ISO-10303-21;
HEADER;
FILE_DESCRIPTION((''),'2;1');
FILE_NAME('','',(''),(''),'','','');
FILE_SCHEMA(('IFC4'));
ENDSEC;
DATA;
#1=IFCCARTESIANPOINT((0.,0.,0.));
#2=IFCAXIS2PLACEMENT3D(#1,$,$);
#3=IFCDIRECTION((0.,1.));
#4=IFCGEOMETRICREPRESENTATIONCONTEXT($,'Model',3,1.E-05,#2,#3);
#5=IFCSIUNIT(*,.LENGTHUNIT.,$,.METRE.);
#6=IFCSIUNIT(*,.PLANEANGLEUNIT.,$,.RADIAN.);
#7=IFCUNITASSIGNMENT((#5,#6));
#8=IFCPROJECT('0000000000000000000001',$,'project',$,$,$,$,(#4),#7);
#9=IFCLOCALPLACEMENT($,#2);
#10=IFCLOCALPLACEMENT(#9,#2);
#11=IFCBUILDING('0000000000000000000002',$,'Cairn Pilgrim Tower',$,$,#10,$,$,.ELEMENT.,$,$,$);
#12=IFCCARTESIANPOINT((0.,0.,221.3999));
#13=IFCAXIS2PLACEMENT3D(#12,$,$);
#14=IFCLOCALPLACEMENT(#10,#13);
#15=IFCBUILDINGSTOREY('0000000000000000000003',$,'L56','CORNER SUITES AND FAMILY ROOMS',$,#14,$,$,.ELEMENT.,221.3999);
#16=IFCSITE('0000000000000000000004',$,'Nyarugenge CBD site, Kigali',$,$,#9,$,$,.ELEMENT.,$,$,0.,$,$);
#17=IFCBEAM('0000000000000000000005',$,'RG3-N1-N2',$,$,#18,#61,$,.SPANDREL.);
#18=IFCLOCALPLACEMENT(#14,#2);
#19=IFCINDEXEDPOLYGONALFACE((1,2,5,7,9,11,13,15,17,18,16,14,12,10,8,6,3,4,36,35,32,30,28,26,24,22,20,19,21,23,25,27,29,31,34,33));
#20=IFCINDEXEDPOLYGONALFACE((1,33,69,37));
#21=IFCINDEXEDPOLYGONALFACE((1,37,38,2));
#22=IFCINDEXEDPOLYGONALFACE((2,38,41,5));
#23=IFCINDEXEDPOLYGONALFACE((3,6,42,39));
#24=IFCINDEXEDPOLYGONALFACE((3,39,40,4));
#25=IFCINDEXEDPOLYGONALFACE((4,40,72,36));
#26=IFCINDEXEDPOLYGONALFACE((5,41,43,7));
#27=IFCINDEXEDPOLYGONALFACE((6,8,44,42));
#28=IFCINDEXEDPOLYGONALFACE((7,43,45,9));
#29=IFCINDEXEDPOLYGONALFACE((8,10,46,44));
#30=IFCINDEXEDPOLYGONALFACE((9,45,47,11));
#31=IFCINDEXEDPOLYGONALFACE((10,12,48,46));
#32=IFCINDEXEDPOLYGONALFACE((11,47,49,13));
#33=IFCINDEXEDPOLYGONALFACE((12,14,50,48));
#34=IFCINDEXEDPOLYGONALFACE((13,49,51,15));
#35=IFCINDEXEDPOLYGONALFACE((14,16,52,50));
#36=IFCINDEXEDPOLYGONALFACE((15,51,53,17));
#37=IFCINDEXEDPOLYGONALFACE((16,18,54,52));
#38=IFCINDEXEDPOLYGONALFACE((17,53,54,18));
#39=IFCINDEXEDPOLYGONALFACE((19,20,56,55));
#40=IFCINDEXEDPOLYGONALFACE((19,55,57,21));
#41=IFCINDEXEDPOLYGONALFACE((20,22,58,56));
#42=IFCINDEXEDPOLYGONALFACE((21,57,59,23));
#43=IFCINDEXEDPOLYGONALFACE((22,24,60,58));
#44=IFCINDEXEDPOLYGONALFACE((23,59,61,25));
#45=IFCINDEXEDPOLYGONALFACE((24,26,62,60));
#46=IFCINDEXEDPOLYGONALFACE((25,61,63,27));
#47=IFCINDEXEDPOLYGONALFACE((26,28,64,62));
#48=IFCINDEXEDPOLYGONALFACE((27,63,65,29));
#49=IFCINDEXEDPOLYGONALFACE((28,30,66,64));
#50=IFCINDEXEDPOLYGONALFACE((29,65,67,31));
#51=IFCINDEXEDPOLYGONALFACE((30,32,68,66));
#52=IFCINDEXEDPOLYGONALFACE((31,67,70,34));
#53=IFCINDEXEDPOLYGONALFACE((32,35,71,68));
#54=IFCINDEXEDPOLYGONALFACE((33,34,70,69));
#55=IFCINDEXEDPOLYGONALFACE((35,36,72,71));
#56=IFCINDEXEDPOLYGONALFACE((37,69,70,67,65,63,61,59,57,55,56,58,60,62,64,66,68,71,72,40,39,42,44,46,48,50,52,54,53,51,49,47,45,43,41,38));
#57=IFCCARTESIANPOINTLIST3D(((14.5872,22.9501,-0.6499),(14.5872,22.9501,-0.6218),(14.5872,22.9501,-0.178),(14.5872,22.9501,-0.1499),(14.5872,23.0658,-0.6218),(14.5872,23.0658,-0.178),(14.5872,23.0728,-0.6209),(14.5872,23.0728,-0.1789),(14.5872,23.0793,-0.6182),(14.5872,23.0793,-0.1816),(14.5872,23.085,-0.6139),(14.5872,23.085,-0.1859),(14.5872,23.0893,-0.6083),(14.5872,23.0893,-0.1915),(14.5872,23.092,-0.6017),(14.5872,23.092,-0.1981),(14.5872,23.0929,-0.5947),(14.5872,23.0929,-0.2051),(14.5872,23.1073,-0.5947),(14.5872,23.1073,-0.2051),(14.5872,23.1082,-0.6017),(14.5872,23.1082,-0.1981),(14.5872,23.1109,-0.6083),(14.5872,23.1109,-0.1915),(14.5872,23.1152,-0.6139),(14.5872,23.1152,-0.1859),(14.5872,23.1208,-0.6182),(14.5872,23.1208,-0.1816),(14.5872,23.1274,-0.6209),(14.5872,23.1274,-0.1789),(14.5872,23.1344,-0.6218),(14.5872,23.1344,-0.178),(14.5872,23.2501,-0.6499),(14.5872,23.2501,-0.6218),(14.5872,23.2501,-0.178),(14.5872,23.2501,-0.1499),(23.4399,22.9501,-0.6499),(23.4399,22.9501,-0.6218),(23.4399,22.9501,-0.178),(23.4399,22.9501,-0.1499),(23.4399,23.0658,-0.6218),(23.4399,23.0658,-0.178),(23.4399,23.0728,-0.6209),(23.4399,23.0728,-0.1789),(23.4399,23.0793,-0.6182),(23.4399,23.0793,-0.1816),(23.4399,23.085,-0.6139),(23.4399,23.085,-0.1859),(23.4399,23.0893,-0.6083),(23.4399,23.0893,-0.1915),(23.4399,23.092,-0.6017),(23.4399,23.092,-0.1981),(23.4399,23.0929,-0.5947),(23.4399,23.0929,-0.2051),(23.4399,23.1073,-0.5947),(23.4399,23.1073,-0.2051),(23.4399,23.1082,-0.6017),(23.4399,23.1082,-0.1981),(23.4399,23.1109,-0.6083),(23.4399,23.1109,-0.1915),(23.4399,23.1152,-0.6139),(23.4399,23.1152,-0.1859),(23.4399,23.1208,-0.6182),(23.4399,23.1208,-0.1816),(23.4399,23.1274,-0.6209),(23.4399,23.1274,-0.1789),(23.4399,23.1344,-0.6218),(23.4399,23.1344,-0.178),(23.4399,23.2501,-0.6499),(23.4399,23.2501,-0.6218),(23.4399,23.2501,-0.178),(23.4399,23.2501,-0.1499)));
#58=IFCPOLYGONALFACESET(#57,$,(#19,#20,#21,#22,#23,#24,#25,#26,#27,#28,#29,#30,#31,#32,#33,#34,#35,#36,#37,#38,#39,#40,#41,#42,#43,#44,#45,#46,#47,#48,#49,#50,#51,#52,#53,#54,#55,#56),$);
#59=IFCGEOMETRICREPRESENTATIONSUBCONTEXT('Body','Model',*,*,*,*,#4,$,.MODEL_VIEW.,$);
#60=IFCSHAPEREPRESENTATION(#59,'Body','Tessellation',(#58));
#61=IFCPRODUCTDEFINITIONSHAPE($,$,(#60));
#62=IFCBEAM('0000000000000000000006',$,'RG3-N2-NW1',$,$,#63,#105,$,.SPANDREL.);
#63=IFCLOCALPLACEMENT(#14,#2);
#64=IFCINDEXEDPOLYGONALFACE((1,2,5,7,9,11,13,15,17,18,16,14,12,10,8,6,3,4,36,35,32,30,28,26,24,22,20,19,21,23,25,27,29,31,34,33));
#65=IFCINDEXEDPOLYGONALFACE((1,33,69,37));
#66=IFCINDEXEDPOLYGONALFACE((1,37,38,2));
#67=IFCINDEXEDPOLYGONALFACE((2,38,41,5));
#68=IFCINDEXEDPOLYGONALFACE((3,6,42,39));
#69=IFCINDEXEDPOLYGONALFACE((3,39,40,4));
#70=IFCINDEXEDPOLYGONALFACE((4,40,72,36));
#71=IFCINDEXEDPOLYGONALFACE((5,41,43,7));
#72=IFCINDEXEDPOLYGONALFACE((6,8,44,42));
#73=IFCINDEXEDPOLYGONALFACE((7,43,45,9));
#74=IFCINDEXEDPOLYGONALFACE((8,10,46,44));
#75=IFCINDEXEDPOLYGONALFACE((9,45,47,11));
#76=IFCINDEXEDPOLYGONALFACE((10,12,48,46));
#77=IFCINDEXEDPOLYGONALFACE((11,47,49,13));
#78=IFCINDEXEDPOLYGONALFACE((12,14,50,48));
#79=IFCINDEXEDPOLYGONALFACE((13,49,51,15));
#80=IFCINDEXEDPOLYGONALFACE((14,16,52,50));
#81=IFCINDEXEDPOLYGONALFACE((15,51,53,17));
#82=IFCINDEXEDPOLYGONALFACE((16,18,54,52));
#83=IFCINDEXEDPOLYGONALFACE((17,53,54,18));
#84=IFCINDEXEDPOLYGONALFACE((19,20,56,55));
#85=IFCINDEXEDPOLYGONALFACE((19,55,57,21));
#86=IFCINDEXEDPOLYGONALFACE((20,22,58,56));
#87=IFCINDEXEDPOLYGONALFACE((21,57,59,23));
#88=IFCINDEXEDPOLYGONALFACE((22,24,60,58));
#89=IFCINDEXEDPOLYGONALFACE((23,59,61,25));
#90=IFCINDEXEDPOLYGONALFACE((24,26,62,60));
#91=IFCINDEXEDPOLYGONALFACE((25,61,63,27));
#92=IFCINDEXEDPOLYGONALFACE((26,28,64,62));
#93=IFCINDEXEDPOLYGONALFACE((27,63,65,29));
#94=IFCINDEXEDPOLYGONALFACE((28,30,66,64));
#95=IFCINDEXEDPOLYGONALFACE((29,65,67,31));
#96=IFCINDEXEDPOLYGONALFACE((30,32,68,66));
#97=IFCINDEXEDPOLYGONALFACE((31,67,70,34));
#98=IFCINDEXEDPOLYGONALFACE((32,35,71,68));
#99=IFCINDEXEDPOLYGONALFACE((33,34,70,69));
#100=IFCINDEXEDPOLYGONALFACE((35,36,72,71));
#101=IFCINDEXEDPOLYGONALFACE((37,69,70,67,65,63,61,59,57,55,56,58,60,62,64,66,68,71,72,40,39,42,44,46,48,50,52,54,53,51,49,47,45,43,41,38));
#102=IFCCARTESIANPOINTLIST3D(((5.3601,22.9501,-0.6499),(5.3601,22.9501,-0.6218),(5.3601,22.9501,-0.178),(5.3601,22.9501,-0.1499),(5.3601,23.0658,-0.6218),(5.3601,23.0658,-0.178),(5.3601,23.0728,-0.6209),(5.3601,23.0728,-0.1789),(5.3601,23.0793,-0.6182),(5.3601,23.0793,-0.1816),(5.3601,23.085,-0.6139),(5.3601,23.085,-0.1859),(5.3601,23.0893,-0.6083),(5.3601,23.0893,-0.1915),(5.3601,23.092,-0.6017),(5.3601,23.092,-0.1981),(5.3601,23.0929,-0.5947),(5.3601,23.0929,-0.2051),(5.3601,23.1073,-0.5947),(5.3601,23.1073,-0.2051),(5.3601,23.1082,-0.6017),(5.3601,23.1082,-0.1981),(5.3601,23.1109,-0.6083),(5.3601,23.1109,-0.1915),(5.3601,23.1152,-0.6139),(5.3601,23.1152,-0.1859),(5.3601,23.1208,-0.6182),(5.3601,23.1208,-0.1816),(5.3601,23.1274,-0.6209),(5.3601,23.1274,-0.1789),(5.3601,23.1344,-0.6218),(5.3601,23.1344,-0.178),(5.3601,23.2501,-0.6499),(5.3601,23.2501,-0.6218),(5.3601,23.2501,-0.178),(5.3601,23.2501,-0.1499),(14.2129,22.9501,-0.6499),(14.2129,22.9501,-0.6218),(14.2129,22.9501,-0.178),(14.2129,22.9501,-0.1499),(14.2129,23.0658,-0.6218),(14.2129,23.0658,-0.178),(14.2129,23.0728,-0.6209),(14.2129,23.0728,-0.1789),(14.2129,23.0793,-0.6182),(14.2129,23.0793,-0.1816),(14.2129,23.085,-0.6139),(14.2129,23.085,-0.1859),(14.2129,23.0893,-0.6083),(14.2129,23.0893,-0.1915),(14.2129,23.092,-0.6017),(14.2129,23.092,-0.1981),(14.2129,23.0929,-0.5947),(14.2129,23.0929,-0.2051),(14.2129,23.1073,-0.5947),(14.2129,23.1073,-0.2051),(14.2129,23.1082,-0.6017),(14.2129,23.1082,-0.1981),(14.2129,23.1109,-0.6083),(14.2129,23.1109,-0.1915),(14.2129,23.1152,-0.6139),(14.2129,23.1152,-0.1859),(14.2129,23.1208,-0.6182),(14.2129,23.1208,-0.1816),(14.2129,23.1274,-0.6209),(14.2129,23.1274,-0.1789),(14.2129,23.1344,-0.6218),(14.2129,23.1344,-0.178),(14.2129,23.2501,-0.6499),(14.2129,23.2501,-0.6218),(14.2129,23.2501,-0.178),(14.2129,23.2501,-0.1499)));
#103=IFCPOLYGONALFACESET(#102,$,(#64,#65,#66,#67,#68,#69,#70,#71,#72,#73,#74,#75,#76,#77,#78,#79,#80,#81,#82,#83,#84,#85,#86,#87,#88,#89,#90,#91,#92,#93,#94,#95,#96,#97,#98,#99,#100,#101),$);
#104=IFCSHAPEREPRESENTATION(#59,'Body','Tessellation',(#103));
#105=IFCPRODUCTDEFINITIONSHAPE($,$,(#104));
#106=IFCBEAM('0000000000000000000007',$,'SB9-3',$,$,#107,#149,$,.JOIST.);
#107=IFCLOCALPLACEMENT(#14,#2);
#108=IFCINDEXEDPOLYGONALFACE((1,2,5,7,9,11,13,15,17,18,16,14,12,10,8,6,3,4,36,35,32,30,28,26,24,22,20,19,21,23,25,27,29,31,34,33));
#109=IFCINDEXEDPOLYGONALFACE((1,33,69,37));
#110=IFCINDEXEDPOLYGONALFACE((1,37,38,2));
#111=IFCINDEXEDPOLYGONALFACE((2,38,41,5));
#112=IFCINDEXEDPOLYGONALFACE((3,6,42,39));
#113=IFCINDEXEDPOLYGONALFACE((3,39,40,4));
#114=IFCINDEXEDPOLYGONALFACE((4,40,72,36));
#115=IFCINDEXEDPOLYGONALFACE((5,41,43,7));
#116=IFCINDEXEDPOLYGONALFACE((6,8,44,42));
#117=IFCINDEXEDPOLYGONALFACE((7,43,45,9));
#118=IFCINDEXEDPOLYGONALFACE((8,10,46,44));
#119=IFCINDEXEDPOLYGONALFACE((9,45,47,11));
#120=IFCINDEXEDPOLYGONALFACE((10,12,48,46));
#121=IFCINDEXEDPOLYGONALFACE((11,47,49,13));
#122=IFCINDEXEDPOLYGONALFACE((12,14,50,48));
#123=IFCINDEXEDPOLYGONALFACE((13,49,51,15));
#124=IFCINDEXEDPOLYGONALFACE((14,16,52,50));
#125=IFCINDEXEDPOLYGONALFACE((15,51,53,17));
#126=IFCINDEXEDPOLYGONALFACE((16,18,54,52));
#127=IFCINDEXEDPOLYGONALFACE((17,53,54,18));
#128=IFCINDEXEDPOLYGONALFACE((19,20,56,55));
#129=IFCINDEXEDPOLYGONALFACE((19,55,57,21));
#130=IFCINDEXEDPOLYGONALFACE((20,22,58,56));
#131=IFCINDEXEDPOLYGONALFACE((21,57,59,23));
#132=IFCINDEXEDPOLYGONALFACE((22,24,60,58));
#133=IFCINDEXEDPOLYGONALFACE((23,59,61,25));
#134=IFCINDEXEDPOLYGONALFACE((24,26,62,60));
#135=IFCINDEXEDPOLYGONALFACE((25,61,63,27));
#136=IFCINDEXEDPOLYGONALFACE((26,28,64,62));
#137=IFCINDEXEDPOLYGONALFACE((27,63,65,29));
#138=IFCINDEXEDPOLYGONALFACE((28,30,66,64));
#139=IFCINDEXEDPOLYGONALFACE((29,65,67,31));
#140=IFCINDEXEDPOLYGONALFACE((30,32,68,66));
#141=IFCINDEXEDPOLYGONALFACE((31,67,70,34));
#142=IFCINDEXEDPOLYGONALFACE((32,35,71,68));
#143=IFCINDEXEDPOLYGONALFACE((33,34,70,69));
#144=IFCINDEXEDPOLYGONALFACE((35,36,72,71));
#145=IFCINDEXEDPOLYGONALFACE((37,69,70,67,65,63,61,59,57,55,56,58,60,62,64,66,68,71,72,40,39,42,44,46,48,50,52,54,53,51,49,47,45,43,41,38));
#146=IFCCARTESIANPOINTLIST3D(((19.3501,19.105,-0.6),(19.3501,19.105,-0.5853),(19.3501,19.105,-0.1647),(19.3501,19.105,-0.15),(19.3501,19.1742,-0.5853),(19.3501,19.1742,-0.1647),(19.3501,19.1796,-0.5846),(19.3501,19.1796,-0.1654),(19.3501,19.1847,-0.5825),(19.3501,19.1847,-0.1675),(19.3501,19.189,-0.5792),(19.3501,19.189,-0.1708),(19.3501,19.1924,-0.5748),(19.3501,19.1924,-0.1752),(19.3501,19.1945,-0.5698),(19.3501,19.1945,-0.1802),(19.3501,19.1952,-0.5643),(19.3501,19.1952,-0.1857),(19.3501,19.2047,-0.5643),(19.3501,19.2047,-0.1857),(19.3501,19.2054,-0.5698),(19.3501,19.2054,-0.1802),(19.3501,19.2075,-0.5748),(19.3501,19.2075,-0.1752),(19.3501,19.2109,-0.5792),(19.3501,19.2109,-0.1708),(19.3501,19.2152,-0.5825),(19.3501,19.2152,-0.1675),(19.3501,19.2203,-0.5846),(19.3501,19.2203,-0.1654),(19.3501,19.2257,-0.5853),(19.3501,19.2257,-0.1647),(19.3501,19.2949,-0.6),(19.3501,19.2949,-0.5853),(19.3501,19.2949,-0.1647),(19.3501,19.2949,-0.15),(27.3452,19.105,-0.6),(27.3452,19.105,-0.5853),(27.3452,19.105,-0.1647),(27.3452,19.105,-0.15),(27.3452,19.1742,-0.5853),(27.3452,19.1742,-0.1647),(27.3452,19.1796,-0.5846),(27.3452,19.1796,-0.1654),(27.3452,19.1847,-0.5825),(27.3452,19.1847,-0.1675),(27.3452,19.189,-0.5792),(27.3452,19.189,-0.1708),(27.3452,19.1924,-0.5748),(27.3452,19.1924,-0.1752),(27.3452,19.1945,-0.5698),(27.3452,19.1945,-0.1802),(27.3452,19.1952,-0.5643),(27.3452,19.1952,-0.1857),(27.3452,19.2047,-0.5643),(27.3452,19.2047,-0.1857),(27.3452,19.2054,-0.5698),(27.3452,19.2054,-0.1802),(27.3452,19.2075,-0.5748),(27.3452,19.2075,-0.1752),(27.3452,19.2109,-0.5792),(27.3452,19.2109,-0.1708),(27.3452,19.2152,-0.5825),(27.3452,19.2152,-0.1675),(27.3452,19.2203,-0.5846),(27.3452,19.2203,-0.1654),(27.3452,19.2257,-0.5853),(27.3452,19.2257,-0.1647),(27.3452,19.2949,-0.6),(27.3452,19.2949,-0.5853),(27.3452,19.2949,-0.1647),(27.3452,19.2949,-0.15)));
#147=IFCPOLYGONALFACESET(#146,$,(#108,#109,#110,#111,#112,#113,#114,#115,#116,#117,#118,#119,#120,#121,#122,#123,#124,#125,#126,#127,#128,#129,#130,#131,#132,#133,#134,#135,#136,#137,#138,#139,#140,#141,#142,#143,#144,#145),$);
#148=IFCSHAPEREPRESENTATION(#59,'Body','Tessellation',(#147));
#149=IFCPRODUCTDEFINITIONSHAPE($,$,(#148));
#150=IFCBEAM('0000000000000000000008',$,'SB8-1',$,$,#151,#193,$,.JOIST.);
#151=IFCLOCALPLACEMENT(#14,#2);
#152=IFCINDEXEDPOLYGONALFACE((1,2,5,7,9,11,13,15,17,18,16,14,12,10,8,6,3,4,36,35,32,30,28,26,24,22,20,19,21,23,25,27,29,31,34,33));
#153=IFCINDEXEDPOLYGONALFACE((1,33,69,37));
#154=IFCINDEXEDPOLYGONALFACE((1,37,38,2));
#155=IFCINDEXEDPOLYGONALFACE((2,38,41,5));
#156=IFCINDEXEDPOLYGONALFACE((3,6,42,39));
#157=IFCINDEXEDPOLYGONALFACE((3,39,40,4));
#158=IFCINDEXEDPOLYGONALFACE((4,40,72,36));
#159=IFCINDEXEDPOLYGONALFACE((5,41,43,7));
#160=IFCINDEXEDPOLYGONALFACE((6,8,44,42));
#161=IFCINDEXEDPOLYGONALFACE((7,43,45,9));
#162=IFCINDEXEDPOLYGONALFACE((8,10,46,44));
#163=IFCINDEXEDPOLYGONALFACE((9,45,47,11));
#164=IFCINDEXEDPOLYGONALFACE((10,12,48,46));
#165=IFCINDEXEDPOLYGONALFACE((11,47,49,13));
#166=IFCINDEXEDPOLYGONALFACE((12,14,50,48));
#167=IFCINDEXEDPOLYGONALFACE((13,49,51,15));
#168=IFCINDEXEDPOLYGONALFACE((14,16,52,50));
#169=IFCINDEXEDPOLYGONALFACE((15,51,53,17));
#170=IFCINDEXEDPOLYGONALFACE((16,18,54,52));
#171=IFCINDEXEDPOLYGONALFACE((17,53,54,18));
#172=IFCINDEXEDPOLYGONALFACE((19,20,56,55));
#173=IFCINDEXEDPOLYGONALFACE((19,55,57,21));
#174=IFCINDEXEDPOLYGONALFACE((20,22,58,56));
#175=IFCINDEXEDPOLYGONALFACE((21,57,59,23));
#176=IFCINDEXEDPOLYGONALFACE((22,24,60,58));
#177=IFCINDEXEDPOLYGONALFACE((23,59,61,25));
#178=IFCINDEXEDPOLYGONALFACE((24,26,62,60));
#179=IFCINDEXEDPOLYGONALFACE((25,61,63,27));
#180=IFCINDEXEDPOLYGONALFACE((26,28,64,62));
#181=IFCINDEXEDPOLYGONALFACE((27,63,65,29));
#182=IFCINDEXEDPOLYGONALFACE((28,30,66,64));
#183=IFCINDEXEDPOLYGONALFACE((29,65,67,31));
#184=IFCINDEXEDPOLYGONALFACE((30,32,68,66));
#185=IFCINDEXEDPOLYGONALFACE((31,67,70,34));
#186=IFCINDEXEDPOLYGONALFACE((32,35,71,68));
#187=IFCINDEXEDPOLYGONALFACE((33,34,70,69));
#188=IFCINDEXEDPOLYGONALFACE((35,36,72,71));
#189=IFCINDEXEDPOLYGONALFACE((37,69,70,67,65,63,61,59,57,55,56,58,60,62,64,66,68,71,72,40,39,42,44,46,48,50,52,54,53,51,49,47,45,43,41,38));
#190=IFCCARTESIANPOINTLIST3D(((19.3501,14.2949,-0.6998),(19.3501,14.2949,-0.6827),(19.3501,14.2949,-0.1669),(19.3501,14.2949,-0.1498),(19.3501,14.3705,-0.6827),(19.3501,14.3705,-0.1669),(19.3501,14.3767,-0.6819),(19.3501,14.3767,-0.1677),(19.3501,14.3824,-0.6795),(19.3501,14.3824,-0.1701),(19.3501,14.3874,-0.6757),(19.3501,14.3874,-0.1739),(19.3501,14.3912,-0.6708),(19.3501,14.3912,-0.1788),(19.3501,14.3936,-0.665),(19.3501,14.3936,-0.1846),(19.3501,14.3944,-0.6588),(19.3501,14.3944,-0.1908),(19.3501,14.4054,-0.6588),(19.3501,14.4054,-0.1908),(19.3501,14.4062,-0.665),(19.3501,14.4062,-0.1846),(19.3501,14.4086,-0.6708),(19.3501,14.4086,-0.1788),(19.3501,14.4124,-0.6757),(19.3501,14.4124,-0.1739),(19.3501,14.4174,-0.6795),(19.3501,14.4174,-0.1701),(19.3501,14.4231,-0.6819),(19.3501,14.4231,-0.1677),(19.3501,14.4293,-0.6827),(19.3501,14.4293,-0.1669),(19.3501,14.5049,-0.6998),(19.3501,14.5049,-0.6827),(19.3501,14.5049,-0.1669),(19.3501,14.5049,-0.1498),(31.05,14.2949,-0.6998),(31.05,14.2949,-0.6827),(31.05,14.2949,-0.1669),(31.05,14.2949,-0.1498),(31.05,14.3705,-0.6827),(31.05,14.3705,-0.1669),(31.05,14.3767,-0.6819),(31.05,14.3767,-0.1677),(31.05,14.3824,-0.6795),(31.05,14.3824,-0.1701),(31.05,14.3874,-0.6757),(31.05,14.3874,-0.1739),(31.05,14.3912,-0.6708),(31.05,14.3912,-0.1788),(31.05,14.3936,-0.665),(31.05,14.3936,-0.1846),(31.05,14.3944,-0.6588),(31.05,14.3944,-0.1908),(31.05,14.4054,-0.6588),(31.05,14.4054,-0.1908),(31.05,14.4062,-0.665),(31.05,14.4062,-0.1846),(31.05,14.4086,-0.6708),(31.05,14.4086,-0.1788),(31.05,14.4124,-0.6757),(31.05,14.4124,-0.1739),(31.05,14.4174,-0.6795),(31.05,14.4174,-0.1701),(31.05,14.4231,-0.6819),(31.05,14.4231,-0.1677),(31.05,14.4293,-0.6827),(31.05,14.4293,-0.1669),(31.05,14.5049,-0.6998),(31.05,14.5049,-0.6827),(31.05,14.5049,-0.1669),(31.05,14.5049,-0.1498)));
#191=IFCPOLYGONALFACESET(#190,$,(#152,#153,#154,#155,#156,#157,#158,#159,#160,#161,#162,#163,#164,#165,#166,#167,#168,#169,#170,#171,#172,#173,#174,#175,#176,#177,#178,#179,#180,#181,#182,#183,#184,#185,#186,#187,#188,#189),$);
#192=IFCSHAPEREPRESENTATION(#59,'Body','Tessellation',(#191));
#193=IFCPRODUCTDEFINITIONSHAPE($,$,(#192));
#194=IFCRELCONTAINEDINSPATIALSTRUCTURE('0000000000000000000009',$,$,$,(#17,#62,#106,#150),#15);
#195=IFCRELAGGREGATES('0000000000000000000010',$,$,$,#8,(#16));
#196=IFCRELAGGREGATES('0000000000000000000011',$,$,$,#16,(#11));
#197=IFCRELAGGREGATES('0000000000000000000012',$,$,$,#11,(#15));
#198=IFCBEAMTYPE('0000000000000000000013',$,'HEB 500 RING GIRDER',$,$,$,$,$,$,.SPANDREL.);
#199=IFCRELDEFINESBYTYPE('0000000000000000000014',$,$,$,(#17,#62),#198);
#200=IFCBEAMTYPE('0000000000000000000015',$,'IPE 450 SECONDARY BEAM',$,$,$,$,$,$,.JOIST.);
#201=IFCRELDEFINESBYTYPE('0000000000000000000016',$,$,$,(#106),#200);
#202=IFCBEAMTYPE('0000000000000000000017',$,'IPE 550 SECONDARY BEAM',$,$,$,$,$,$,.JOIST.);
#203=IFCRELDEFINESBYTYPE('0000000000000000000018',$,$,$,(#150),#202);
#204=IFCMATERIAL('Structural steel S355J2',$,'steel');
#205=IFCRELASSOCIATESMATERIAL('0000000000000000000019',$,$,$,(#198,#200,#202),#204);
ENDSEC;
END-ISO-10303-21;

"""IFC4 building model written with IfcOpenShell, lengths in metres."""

from ifc_helpers import new_model, si_unit, direction, frame, origin, origin_2d, place, context, subcontext, project, spatial, i_section, extrude, material, material_profile, profile_set, type_object, element, save


model = new_model("IFC4")

# Units and contexts
model_context = context("Model", 3, precision=1e-05, world=origin(), true_north=direction((0.0, 1.0)))
body_context = subcontext(model_context, "Body", "Model", "MODEL_VIEW")
ifc_project = project(units=[si_unit("LENGTHUNIT", "METRE"), si_unit("PLANEANGLEUNIT", "RADIAN")], contexts=[model_context])

# Site, building, storey
site_placement = place(None, origin())
site = spatial("IfcSite", under=ifc_project, at=site_placement, Name="Nyarugenge CBD site, Kigali", CompositionType="ELEMENT", RefElevation=0.0)
building_placement = place(site_placement, origin())
building = spatial("IfcBuilding", under=site, at=building_placement, Name="Cairn Pilgrim Tower", CompositionType="ELEMENT")
storey_placement = place(building_placement, frame((0.0, 0.0, 221.3999)))
storey = spatial("IfcBuildingStorey", under=building, at=storey_placement, Name="L56", Description="CORNER SUITES AND FAMILY ROOMS", CompositionType="ELEMENT", Elevation=221.3999)

# Shared definitions
ifc_material_1 = material(Name="Structural steel S355J2", Category="steel")

# Beams
ifc_material_profile_1 = material_profile(ifc_material_1, i_section(OverallWidth=0.3, OverallDepth=0.5, WebThickness=0.0144, FlangeThickness=0.0281, FilletRadius=0.0271, at=origin_2d()), Name="HEB 500")
ifc_profile_set_1 = profile_set([ifc_material_profile_1], Name="Structural steel S355J2")
beam_type_1 = type_object("IfcBeamType", Name="HEB 500 RING GIRDER", PredefinedType="SPANDREL", material=ifc_profile_set_1)
for number, where, z_axis, x_axis, name in (
    (1, (23.4399, 23.1001, -0.3999), (-1.0, 0.0, 0.0), (0.0, -1.0, 0.0), "RG3-N1-N2"),
    (2, (14.2129, 23.1001, -0.3999), (-1.0, 0.0, 0.0), (0.0, -1.0, 0.0), "RG3-N2-NW1"),
):
    element("IfcBeam", number, at=place(storey_placement, frame(where, z_axis=z_axis, x_axis=x_axis)), inside=storey, type_object=beam_type_1, Name=name, PredefinedType="SPANDREL", context=body_context, shape_type="SweptSolid", body=[
        extrude(i_section(OverallWidth=0.3, OverallDepth=0.5, WebThickness=0.0144, FlangeThickness=0.0281, FilletRadius=0.0271, at=origin_2d()), origin(), (0.0, 0.0, 1.0), 8.8528),
    ])
ifc_material_profile_2 = material_profile(ifc_material_1, i_section(OverallWidth=0.1899, OverallDepth=0.45, WebThickness=0.0095, FlangeThickness=0.0146, FilletRadius=0.021, at=origin_2d()), Name="IPE 450")
ifc_profile_set_2 = profile_set([ifc_material_profile_2], Name="Structural steel S355J2")
beam_type_2 = type_object("IfcBeamType", Name="IPE 450 SECONDARY BEAM", PredefinedType="JOIST", material=ifc_profile_set_2)
beam_1_placement = place(storey_placement, frame((19.3501, 19.2, -0.375), z_axis=(1.0, 0.0, 0.0), x_axis=(0.0, 1.0, 0.0)))
element("IfcBeam", 3, at=beam_1_placement, inside=storey, type_object=beam_type_2, Name="SB9-3", PredefinedType="JOIST", context=body_context, shape_type="SweptSolid", body=[
    extrude(i_section(OverallWidth=0.1899, OverallDepth=0.45, WebThickness=0.0095, FlangeThickness=0.0146, FilletRadius=0.021, at=origin_2d()), origin(), (0.0, 0.0, 1.0), 7.9951),
])
ifc_material_profile_3 = material_profile(ifc_material_1, i_section(OverallWidth=0.21, OverallDepth=0.55, WebThickness=0.011, FlangeThickness=0.0171, FilletRadius=0.0239, at=origin_2d()), Name="IPE 550")
ifc_profile_set_3 = profile_set([ifc_material_profile_3], Name="Structural steel S355J2")
beam_type_3 = type_object("IfcBeamType", Name="IPE 550 SECONDARY BEAM", PredefinedType="JOIST", material=ifc_profile_set_3)
beam_2_placement = place(storey_placement, frame((19.3501, 14.3999, -0.4248), z_axis=(1.0, 0.0, 0.0), x_axis=(0.0, 1.0, 0.0)))
element("IfcBeam", 4, at=beam_2_placement, inside=storey, type_object=beam_type_3, Name="SB8-1", PredefinedType="JOIST", context=body_context, shape_type="SweptSolid", body=[
    extrude(i_section(OverallWidth=0.21, OverallDepth=0.55, WebThickness=0.011, FlangeThickness=0.0171, FilletRadius=0.0239, at=origin_2d()), origin(), (0.0, 0.0, 1.0), 11.7),
])

save(model, "model.ifc")
